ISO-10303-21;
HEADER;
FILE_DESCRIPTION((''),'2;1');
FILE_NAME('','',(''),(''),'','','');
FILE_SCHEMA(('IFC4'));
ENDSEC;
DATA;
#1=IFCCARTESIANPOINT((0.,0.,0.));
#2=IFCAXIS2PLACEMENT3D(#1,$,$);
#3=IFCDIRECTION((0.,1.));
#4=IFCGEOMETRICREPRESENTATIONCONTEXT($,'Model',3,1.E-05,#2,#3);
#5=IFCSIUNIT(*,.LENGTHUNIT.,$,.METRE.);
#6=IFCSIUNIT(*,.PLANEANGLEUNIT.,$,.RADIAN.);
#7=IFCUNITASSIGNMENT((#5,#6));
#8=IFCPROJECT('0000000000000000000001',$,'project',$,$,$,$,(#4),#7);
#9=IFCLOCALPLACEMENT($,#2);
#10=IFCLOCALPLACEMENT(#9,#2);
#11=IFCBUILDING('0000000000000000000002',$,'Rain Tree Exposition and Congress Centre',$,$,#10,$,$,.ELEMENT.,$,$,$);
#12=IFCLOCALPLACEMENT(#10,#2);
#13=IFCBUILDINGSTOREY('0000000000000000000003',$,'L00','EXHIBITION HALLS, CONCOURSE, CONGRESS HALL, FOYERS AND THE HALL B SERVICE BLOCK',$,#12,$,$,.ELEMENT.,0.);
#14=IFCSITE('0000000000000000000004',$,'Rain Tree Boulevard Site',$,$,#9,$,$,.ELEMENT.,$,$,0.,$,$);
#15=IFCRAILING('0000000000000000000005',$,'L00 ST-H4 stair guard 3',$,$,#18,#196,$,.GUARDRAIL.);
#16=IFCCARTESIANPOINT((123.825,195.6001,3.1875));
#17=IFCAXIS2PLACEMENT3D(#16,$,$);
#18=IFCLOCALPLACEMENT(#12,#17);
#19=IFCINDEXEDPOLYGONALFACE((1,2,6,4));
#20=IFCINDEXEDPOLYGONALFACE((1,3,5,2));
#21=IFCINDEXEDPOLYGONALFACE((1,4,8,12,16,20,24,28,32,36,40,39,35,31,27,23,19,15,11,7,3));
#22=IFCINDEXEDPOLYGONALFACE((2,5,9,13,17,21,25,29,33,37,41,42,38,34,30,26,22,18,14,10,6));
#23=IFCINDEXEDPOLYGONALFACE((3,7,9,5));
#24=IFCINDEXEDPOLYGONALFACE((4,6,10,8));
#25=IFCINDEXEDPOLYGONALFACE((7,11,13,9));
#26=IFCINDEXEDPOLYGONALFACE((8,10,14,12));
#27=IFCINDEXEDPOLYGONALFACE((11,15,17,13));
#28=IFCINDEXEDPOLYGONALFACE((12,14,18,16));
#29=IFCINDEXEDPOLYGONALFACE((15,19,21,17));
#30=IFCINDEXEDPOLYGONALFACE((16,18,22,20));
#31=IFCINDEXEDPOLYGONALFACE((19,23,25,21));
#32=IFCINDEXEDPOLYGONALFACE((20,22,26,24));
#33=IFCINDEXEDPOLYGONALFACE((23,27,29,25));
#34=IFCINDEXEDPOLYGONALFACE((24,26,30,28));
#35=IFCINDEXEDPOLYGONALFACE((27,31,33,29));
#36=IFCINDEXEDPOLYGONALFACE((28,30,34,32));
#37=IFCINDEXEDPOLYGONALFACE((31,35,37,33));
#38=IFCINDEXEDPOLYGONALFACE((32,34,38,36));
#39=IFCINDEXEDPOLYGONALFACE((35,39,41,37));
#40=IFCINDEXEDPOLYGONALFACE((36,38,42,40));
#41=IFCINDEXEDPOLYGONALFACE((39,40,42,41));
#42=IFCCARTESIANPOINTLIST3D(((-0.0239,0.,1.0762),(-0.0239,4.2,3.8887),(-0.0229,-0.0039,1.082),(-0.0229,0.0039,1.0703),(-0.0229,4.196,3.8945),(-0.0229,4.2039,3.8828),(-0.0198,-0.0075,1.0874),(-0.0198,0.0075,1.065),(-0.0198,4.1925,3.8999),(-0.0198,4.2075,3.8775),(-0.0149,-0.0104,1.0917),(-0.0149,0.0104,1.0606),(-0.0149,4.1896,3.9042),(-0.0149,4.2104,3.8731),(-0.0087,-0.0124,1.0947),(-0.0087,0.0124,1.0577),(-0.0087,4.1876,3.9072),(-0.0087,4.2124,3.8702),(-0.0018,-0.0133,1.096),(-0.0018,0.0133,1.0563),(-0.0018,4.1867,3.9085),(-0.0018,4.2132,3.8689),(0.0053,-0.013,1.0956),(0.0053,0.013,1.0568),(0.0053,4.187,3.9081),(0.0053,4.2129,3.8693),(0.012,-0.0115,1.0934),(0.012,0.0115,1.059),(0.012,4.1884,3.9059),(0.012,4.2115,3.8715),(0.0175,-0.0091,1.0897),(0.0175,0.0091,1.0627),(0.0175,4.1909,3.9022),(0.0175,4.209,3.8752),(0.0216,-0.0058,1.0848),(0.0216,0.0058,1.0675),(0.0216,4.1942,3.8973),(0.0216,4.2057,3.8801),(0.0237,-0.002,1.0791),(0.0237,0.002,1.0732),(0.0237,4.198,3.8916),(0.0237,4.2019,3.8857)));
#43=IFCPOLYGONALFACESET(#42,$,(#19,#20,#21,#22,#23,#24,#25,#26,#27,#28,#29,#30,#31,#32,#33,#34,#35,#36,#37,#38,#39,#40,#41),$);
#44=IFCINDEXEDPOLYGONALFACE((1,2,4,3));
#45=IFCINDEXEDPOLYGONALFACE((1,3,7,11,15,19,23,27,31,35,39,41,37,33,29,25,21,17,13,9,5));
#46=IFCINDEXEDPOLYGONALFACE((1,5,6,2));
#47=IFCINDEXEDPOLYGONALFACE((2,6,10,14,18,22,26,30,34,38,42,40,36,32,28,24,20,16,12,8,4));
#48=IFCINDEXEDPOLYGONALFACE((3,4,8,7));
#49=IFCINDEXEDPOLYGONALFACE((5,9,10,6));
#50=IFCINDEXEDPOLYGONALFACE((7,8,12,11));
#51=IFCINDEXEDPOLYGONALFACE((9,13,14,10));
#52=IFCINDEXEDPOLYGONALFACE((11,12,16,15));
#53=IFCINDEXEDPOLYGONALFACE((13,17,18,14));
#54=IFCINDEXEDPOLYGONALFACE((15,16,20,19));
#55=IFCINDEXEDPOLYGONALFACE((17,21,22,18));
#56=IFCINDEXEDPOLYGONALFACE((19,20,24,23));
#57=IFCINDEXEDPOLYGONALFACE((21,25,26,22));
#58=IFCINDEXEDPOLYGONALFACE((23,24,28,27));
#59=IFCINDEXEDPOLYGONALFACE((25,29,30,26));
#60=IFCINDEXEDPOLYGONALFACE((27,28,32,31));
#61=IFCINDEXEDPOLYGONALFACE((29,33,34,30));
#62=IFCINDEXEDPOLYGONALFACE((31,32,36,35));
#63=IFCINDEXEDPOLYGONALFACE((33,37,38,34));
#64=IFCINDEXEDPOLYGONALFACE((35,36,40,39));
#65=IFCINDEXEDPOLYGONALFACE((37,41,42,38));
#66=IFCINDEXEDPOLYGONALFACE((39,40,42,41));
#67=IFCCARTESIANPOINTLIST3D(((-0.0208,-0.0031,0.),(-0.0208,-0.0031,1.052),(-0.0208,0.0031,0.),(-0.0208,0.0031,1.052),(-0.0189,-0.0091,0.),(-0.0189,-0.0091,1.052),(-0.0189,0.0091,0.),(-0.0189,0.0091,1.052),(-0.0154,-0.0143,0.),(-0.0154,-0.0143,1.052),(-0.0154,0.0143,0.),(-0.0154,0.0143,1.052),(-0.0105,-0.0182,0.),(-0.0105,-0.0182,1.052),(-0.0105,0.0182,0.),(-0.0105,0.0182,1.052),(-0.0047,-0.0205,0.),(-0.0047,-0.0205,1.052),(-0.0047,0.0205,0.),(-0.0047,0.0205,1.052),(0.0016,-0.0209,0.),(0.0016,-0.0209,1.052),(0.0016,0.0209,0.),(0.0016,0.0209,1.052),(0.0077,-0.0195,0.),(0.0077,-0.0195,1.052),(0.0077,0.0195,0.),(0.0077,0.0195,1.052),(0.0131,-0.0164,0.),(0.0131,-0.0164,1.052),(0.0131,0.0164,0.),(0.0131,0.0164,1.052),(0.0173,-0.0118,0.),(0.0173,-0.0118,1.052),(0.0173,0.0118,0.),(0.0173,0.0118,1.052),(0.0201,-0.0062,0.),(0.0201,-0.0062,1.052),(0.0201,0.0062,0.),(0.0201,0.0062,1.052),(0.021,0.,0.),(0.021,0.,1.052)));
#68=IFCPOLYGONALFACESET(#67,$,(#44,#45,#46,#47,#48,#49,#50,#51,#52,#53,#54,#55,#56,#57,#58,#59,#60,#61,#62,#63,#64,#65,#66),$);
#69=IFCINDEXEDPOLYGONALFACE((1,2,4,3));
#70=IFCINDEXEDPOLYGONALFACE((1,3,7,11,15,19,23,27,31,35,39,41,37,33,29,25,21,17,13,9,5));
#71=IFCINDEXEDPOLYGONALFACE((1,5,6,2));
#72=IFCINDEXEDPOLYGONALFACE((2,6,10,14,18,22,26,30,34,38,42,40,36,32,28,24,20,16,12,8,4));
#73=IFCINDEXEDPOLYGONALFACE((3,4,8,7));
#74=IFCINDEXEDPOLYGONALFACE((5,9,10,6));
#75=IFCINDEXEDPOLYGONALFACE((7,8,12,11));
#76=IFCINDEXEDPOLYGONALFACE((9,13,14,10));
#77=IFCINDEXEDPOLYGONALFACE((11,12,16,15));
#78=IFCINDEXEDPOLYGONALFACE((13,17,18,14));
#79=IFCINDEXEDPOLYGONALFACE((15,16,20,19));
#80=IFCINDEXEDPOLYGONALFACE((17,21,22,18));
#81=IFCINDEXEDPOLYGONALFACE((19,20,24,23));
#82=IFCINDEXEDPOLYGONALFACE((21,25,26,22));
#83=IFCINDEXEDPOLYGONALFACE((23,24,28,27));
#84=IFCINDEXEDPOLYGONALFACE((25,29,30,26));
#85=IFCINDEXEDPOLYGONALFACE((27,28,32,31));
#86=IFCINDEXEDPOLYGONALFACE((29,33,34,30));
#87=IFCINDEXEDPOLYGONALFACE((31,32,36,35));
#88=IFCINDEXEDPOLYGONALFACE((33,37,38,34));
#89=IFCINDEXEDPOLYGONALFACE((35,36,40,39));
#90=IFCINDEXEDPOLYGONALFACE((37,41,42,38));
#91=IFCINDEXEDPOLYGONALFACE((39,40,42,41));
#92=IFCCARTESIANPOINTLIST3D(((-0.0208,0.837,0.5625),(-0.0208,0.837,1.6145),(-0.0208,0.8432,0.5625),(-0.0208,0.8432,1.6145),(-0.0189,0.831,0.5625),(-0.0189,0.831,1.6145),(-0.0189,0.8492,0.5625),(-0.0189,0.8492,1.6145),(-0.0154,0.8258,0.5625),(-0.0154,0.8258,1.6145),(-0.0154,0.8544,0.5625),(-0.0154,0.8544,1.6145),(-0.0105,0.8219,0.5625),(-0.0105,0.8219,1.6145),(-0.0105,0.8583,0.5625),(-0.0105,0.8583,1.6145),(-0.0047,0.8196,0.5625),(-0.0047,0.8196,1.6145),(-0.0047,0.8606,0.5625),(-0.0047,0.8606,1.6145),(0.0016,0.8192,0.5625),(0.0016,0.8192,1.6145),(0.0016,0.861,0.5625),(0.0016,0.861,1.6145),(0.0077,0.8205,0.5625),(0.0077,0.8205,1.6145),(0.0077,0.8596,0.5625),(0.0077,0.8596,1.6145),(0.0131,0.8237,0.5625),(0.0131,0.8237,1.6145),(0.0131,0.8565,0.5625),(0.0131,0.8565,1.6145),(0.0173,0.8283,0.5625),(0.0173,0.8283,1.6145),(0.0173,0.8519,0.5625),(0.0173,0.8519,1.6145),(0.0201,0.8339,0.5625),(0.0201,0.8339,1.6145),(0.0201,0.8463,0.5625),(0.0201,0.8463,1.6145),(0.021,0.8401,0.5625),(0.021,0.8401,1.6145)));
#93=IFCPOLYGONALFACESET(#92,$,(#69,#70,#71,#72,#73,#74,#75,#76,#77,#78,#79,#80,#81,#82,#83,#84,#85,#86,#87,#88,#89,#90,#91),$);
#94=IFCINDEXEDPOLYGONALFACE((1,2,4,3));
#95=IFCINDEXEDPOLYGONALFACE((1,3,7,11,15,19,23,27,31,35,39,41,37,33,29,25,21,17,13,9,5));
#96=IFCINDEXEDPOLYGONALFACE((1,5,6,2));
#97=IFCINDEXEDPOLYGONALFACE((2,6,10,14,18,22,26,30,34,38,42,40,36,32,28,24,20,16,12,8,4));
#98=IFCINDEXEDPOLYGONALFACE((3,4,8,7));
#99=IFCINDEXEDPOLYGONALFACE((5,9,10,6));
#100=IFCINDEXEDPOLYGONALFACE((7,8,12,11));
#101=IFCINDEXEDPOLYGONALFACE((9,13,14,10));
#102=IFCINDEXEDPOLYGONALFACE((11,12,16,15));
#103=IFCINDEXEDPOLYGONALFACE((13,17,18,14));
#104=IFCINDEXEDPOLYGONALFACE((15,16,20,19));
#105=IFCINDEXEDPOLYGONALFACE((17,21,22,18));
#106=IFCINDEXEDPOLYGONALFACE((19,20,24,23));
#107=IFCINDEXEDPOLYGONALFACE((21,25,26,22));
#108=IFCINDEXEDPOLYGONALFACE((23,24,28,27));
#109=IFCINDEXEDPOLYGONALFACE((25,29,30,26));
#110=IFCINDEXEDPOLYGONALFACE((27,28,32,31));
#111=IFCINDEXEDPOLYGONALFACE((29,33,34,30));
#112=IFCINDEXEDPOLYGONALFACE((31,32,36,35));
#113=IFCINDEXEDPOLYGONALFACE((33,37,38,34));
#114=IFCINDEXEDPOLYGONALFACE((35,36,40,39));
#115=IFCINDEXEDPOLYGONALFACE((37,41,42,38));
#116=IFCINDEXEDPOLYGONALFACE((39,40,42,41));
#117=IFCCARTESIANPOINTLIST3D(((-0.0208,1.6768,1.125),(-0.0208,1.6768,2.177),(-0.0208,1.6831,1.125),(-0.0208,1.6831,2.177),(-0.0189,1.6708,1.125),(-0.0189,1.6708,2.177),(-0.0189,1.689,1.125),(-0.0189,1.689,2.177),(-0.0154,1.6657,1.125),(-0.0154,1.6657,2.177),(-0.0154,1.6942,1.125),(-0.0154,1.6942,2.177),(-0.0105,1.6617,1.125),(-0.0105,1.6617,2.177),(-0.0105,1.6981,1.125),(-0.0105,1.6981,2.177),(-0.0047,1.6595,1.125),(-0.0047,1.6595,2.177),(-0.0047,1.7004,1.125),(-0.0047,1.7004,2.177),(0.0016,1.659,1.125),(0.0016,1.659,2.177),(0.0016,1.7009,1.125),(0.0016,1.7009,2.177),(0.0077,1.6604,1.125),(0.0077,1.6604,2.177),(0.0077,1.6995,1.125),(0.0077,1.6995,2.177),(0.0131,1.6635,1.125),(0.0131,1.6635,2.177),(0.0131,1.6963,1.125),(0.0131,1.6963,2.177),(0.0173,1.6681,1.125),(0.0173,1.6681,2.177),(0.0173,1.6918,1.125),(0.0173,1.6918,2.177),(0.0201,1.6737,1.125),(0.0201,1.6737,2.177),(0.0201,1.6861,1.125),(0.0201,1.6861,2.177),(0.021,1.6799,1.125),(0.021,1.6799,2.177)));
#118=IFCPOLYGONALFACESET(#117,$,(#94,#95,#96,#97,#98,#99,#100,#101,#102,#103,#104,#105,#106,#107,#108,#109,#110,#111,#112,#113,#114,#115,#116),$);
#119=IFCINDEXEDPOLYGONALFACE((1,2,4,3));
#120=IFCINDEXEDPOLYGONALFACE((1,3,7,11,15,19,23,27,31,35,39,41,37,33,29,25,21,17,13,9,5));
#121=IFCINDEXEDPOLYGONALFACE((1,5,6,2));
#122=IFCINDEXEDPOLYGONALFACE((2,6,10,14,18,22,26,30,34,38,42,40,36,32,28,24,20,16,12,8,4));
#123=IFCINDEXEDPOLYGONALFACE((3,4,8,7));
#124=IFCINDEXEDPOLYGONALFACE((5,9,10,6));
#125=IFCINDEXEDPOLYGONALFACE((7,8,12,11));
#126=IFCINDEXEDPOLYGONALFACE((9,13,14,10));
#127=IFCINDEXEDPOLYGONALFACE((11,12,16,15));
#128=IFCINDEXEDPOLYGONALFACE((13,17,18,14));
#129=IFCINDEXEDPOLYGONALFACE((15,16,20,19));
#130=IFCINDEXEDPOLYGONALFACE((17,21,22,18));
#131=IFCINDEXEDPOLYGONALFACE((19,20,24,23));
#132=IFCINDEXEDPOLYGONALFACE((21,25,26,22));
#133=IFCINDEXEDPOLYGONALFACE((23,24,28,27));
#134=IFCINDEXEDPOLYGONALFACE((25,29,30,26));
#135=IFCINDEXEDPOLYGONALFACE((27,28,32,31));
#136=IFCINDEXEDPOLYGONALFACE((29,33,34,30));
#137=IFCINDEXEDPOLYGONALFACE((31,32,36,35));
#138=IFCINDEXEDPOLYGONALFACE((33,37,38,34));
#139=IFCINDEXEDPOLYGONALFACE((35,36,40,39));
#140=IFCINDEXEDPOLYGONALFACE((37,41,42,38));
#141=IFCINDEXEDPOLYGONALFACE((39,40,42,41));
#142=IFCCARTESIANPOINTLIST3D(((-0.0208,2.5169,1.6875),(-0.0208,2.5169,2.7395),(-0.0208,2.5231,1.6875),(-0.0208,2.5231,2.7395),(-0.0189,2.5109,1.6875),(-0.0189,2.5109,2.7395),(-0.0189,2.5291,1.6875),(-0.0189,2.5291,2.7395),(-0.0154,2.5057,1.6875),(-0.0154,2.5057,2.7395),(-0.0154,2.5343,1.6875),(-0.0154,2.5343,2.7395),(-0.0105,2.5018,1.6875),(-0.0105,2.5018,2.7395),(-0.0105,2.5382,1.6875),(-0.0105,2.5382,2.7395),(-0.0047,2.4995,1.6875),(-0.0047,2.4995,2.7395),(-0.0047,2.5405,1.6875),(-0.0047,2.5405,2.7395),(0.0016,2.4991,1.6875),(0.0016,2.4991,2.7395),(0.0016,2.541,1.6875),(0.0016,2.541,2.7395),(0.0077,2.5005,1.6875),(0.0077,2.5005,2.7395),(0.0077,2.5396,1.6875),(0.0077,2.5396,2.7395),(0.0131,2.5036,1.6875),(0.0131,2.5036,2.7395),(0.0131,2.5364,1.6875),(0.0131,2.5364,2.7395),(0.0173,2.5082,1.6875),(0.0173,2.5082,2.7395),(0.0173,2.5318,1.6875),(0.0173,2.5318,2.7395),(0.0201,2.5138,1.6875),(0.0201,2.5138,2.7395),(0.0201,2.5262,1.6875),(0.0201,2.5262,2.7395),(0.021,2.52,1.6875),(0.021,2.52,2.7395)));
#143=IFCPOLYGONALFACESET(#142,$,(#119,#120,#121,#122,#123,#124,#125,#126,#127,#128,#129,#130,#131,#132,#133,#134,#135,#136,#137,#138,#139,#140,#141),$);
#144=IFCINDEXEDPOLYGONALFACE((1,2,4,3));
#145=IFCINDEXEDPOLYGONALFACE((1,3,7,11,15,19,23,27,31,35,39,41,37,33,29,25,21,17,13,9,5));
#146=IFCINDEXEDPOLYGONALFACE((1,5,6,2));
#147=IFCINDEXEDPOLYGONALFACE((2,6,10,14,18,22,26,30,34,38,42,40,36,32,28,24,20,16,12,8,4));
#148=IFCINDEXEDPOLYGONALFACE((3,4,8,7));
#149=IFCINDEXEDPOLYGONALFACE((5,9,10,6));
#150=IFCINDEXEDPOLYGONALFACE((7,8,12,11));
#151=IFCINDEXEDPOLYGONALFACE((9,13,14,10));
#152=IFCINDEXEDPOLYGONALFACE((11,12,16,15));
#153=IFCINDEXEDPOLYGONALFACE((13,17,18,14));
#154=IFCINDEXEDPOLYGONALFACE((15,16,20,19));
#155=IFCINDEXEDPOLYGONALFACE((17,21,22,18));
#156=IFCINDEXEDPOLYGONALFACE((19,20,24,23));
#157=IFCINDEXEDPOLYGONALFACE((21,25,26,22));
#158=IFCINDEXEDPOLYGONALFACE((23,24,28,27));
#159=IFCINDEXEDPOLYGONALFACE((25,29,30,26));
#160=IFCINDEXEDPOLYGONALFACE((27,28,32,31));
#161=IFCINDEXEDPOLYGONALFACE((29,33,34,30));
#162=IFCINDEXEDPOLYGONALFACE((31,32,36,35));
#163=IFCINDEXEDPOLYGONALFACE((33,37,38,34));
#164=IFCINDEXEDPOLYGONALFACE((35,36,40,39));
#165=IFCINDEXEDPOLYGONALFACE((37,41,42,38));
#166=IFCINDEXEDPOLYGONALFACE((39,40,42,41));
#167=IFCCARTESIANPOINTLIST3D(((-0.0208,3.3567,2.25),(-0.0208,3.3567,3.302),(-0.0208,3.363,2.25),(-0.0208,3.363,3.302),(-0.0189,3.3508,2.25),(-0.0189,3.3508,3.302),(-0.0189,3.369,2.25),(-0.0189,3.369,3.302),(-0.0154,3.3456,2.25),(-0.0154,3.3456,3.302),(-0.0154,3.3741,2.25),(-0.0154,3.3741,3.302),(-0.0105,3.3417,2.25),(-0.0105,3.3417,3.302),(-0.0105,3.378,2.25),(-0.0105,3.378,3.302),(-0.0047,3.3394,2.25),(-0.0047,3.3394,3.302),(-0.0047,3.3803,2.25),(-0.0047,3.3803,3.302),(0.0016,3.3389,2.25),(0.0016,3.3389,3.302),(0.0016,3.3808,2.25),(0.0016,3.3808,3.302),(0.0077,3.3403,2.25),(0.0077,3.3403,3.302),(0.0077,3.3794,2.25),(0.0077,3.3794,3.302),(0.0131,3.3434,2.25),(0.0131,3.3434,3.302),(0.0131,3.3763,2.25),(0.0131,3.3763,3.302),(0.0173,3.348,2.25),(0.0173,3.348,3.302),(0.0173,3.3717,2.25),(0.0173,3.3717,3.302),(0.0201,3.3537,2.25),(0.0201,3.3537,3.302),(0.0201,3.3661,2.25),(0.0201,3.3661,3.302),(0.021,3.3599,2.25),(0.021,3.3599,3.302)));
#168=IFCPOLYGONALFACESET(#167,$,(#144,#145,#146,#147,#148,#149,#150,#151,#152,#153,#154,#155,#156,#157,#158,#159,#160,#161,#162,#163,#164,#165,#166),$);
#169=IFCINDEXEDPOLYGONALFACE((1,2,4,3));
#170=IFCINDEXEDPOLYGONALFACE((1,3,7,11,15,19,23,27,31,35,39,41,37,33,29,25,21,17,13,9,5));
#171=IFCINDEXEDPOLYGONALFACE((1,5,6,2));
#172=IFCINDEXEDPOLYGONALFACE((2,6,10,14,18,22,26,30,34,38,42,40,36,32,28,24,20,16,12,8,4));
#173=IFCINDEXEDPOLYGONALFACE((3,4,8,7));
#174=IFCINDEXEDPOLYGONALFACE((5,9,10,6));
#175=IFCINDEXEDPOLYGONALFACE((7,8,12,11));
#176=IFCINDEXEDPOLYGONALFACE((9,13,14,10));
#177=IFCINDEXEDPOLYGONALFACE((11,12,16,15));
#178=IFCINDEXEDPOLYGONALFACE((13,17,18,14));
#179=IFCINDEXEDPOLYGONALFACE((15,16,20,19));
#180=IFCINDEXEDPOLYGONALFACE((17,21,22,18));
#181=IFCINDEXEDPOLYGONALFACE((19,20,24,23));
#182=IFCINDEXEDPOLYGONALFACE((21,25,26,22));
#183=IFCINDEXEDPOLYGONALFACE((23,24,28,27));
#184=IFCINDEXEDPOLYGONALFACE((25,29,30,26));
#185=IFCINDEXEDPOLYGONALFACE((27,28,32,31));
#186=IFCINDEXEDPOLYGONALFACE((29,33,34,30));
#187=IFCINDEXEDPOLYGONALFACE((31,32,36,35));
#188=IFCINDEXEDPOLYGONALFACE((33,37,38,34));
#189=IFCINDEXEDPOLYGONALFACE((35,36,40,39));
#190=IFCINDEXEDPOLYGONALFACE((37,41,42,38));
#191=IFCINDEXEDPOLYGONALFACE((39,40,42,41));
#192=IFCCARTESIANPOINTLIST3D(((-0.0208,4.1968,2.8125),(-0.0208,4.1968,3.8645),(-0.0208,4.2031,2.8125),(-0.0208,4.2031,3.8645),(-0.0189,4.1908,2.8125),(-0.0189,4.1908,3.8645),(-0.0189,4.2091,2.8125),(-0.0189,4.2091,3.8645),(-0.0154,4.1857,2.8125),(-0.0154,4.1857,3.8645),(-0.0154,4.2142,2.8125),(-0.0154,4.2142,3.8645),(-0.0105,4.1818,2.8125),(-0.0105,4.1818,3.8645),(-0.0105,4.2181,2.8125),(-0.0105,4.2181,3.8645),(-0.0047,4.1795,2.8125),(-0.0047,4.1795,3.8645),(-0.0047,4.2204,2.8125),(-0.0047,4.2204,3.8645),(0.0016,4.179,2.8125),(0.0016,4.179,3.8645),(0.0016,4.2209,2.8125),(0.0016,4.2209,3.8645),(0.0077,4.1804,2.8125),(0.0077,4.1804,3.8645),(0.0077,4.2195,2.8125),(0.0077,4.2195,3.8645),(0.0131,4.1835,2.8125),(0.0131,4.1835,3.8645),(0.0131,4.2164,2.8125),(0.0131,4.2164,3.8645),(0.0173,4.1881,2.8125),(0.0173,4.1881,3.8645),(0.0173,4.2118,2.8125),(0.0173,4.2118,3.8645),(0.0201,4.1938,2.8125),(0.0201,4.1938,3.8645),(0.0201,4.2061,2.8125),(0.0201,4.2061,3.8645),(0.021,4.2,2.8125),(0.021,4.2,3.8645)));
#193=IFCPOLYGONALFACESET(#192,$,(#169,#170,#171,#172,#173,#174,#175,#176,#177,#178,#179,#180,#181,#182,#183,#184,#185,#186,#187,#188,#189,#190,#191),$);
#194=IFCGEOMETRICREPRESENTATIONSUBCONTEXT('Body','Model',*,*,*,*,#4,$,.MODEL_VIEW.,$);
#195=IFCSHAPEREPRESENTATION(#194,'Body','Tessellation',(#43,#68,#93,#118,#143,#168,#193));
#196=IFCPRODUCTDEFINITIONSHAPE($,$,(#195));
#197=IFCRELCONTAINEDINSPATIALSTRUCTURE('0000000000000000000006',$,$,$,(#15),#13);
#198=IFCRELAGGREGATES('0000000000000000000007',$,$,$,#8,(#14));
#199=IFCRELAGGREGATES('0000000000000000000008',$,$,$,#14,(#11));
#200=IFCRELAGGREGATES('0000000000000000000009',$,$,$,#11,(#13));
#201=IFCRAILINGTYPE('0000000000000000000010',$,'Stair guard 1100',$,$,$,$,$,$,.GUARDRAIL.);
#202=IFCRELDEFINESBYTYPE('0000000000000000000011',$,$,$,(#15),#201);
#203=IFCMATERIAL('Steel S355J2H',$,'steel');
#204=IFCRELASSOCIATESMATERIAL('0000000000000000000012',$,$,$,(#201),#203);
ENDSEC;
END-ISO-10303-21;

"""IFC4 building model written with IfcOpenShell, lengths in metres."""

from ifc_helpers import new_model, si_unit, direction, frame, origin, origin_2d, place, context, subcontext, project, spatial, circle, extrude, material, type_object, element, save


model = new_model("IFC4")

# Units and contexts
model_context = context("Model", 3, precision=1e-05, world=origin(), true_north=direction((0.0, 1.0)))
body_context = subcontext(model_context, "Body", "Model", "MODEL_VIEW")
ifc_project = project(units=[si_unit("LENGTHUNIT", "METRE"), si_unit("PLANEANGLEUNIT", "RADIAN")], contexts=[model_context])

# Site, building, storey
site_placement = place(None, origin())
site = spatial("IfcSite", under=ifc_project, at=site_placement, Name="Rain Tree Boulevard Site", CompositionType="ELEMENT", RefElevation=0.0)
building_placement = place(site_placement, origin())
building = spatial("IfcBuilding", under=site, at=building_placement, Name="Rain Tree Exposition and Congress Centre", CompositionType="ELEMENT")
storey_placement = place(building_placement, origin())
storey = spatial("IfcBuildingStorey", under=building, at=storey_placement, Name="L00", Description="EXHIBITION HALLS, CONCOURSE, CONGRESS HALL, FOYERS AND THE HALL B SERVICE BLOCK", CompositionType="ELEMENT", Elevation=0.0)

# Railing
ifc_material_1 = material(Name="Steel S355J2H", Category="steel")
railing_type_1 = type_object("IfcRailingType", Name="Stair guard 1100", PredefinedType="GUARDRAIL", material=ifc_material_1)
railing_1_placement = place(storey_placement, frame((123.825, 195.6001, 3.1875)))
element("IfcRailing", 1, at=railing_1_placement, inside=storey, type_object=railing_type_1, Name="L00 ST-H4 stair guard 3", PredefinedType="GUARDRAIL", context=body_context, shape_type="SweptSolid", body=[
    extrude(circle(Radius=0.0239, at=origin_2d()), frame((0.0, 0.0, 1.0762), z_axis=(0.0, 0.830904, 0.556416), x_axis=(-1.0, 0.0, 0.0)), (0.0, 0.0, 1.0), 5.0547),
    extrude(circle(Radius=0.021, at=origin_2d()), origin(), (0.0, 0.0, 1.0), 1.052),
    extrude(circle(Radius=0.021, at=origin_2d()), frame((0.0, 0.8401, 0.5625)), (0.0, 0.0, 1.0), 1.052),
    extrude(circle(Radius=0.021, at=origin_2d()), frame((0.0, 1.6799, 1.125)), (0.0, 0.0, 1.0), 1.052),
    extrude(circle(Radius=0.021, at=origin_2d()), frame((0.0, 2.52, 1.6875)), (0.0, 0.0, 1.0), 1.052),
    extrude(circle(Radius=0.021, at=origin_2d()), frame((0.0, 3.3599, 2.25)), (0.0, 0.0, 1.0), 1.052),
    extrude(circle(Radius=0.021, at=origin_2d()), frame((0.0, 4.2, 2.8125)), (0.0, 0.0, 1.0), 1.052),
])

save(model, "model.ifc")
